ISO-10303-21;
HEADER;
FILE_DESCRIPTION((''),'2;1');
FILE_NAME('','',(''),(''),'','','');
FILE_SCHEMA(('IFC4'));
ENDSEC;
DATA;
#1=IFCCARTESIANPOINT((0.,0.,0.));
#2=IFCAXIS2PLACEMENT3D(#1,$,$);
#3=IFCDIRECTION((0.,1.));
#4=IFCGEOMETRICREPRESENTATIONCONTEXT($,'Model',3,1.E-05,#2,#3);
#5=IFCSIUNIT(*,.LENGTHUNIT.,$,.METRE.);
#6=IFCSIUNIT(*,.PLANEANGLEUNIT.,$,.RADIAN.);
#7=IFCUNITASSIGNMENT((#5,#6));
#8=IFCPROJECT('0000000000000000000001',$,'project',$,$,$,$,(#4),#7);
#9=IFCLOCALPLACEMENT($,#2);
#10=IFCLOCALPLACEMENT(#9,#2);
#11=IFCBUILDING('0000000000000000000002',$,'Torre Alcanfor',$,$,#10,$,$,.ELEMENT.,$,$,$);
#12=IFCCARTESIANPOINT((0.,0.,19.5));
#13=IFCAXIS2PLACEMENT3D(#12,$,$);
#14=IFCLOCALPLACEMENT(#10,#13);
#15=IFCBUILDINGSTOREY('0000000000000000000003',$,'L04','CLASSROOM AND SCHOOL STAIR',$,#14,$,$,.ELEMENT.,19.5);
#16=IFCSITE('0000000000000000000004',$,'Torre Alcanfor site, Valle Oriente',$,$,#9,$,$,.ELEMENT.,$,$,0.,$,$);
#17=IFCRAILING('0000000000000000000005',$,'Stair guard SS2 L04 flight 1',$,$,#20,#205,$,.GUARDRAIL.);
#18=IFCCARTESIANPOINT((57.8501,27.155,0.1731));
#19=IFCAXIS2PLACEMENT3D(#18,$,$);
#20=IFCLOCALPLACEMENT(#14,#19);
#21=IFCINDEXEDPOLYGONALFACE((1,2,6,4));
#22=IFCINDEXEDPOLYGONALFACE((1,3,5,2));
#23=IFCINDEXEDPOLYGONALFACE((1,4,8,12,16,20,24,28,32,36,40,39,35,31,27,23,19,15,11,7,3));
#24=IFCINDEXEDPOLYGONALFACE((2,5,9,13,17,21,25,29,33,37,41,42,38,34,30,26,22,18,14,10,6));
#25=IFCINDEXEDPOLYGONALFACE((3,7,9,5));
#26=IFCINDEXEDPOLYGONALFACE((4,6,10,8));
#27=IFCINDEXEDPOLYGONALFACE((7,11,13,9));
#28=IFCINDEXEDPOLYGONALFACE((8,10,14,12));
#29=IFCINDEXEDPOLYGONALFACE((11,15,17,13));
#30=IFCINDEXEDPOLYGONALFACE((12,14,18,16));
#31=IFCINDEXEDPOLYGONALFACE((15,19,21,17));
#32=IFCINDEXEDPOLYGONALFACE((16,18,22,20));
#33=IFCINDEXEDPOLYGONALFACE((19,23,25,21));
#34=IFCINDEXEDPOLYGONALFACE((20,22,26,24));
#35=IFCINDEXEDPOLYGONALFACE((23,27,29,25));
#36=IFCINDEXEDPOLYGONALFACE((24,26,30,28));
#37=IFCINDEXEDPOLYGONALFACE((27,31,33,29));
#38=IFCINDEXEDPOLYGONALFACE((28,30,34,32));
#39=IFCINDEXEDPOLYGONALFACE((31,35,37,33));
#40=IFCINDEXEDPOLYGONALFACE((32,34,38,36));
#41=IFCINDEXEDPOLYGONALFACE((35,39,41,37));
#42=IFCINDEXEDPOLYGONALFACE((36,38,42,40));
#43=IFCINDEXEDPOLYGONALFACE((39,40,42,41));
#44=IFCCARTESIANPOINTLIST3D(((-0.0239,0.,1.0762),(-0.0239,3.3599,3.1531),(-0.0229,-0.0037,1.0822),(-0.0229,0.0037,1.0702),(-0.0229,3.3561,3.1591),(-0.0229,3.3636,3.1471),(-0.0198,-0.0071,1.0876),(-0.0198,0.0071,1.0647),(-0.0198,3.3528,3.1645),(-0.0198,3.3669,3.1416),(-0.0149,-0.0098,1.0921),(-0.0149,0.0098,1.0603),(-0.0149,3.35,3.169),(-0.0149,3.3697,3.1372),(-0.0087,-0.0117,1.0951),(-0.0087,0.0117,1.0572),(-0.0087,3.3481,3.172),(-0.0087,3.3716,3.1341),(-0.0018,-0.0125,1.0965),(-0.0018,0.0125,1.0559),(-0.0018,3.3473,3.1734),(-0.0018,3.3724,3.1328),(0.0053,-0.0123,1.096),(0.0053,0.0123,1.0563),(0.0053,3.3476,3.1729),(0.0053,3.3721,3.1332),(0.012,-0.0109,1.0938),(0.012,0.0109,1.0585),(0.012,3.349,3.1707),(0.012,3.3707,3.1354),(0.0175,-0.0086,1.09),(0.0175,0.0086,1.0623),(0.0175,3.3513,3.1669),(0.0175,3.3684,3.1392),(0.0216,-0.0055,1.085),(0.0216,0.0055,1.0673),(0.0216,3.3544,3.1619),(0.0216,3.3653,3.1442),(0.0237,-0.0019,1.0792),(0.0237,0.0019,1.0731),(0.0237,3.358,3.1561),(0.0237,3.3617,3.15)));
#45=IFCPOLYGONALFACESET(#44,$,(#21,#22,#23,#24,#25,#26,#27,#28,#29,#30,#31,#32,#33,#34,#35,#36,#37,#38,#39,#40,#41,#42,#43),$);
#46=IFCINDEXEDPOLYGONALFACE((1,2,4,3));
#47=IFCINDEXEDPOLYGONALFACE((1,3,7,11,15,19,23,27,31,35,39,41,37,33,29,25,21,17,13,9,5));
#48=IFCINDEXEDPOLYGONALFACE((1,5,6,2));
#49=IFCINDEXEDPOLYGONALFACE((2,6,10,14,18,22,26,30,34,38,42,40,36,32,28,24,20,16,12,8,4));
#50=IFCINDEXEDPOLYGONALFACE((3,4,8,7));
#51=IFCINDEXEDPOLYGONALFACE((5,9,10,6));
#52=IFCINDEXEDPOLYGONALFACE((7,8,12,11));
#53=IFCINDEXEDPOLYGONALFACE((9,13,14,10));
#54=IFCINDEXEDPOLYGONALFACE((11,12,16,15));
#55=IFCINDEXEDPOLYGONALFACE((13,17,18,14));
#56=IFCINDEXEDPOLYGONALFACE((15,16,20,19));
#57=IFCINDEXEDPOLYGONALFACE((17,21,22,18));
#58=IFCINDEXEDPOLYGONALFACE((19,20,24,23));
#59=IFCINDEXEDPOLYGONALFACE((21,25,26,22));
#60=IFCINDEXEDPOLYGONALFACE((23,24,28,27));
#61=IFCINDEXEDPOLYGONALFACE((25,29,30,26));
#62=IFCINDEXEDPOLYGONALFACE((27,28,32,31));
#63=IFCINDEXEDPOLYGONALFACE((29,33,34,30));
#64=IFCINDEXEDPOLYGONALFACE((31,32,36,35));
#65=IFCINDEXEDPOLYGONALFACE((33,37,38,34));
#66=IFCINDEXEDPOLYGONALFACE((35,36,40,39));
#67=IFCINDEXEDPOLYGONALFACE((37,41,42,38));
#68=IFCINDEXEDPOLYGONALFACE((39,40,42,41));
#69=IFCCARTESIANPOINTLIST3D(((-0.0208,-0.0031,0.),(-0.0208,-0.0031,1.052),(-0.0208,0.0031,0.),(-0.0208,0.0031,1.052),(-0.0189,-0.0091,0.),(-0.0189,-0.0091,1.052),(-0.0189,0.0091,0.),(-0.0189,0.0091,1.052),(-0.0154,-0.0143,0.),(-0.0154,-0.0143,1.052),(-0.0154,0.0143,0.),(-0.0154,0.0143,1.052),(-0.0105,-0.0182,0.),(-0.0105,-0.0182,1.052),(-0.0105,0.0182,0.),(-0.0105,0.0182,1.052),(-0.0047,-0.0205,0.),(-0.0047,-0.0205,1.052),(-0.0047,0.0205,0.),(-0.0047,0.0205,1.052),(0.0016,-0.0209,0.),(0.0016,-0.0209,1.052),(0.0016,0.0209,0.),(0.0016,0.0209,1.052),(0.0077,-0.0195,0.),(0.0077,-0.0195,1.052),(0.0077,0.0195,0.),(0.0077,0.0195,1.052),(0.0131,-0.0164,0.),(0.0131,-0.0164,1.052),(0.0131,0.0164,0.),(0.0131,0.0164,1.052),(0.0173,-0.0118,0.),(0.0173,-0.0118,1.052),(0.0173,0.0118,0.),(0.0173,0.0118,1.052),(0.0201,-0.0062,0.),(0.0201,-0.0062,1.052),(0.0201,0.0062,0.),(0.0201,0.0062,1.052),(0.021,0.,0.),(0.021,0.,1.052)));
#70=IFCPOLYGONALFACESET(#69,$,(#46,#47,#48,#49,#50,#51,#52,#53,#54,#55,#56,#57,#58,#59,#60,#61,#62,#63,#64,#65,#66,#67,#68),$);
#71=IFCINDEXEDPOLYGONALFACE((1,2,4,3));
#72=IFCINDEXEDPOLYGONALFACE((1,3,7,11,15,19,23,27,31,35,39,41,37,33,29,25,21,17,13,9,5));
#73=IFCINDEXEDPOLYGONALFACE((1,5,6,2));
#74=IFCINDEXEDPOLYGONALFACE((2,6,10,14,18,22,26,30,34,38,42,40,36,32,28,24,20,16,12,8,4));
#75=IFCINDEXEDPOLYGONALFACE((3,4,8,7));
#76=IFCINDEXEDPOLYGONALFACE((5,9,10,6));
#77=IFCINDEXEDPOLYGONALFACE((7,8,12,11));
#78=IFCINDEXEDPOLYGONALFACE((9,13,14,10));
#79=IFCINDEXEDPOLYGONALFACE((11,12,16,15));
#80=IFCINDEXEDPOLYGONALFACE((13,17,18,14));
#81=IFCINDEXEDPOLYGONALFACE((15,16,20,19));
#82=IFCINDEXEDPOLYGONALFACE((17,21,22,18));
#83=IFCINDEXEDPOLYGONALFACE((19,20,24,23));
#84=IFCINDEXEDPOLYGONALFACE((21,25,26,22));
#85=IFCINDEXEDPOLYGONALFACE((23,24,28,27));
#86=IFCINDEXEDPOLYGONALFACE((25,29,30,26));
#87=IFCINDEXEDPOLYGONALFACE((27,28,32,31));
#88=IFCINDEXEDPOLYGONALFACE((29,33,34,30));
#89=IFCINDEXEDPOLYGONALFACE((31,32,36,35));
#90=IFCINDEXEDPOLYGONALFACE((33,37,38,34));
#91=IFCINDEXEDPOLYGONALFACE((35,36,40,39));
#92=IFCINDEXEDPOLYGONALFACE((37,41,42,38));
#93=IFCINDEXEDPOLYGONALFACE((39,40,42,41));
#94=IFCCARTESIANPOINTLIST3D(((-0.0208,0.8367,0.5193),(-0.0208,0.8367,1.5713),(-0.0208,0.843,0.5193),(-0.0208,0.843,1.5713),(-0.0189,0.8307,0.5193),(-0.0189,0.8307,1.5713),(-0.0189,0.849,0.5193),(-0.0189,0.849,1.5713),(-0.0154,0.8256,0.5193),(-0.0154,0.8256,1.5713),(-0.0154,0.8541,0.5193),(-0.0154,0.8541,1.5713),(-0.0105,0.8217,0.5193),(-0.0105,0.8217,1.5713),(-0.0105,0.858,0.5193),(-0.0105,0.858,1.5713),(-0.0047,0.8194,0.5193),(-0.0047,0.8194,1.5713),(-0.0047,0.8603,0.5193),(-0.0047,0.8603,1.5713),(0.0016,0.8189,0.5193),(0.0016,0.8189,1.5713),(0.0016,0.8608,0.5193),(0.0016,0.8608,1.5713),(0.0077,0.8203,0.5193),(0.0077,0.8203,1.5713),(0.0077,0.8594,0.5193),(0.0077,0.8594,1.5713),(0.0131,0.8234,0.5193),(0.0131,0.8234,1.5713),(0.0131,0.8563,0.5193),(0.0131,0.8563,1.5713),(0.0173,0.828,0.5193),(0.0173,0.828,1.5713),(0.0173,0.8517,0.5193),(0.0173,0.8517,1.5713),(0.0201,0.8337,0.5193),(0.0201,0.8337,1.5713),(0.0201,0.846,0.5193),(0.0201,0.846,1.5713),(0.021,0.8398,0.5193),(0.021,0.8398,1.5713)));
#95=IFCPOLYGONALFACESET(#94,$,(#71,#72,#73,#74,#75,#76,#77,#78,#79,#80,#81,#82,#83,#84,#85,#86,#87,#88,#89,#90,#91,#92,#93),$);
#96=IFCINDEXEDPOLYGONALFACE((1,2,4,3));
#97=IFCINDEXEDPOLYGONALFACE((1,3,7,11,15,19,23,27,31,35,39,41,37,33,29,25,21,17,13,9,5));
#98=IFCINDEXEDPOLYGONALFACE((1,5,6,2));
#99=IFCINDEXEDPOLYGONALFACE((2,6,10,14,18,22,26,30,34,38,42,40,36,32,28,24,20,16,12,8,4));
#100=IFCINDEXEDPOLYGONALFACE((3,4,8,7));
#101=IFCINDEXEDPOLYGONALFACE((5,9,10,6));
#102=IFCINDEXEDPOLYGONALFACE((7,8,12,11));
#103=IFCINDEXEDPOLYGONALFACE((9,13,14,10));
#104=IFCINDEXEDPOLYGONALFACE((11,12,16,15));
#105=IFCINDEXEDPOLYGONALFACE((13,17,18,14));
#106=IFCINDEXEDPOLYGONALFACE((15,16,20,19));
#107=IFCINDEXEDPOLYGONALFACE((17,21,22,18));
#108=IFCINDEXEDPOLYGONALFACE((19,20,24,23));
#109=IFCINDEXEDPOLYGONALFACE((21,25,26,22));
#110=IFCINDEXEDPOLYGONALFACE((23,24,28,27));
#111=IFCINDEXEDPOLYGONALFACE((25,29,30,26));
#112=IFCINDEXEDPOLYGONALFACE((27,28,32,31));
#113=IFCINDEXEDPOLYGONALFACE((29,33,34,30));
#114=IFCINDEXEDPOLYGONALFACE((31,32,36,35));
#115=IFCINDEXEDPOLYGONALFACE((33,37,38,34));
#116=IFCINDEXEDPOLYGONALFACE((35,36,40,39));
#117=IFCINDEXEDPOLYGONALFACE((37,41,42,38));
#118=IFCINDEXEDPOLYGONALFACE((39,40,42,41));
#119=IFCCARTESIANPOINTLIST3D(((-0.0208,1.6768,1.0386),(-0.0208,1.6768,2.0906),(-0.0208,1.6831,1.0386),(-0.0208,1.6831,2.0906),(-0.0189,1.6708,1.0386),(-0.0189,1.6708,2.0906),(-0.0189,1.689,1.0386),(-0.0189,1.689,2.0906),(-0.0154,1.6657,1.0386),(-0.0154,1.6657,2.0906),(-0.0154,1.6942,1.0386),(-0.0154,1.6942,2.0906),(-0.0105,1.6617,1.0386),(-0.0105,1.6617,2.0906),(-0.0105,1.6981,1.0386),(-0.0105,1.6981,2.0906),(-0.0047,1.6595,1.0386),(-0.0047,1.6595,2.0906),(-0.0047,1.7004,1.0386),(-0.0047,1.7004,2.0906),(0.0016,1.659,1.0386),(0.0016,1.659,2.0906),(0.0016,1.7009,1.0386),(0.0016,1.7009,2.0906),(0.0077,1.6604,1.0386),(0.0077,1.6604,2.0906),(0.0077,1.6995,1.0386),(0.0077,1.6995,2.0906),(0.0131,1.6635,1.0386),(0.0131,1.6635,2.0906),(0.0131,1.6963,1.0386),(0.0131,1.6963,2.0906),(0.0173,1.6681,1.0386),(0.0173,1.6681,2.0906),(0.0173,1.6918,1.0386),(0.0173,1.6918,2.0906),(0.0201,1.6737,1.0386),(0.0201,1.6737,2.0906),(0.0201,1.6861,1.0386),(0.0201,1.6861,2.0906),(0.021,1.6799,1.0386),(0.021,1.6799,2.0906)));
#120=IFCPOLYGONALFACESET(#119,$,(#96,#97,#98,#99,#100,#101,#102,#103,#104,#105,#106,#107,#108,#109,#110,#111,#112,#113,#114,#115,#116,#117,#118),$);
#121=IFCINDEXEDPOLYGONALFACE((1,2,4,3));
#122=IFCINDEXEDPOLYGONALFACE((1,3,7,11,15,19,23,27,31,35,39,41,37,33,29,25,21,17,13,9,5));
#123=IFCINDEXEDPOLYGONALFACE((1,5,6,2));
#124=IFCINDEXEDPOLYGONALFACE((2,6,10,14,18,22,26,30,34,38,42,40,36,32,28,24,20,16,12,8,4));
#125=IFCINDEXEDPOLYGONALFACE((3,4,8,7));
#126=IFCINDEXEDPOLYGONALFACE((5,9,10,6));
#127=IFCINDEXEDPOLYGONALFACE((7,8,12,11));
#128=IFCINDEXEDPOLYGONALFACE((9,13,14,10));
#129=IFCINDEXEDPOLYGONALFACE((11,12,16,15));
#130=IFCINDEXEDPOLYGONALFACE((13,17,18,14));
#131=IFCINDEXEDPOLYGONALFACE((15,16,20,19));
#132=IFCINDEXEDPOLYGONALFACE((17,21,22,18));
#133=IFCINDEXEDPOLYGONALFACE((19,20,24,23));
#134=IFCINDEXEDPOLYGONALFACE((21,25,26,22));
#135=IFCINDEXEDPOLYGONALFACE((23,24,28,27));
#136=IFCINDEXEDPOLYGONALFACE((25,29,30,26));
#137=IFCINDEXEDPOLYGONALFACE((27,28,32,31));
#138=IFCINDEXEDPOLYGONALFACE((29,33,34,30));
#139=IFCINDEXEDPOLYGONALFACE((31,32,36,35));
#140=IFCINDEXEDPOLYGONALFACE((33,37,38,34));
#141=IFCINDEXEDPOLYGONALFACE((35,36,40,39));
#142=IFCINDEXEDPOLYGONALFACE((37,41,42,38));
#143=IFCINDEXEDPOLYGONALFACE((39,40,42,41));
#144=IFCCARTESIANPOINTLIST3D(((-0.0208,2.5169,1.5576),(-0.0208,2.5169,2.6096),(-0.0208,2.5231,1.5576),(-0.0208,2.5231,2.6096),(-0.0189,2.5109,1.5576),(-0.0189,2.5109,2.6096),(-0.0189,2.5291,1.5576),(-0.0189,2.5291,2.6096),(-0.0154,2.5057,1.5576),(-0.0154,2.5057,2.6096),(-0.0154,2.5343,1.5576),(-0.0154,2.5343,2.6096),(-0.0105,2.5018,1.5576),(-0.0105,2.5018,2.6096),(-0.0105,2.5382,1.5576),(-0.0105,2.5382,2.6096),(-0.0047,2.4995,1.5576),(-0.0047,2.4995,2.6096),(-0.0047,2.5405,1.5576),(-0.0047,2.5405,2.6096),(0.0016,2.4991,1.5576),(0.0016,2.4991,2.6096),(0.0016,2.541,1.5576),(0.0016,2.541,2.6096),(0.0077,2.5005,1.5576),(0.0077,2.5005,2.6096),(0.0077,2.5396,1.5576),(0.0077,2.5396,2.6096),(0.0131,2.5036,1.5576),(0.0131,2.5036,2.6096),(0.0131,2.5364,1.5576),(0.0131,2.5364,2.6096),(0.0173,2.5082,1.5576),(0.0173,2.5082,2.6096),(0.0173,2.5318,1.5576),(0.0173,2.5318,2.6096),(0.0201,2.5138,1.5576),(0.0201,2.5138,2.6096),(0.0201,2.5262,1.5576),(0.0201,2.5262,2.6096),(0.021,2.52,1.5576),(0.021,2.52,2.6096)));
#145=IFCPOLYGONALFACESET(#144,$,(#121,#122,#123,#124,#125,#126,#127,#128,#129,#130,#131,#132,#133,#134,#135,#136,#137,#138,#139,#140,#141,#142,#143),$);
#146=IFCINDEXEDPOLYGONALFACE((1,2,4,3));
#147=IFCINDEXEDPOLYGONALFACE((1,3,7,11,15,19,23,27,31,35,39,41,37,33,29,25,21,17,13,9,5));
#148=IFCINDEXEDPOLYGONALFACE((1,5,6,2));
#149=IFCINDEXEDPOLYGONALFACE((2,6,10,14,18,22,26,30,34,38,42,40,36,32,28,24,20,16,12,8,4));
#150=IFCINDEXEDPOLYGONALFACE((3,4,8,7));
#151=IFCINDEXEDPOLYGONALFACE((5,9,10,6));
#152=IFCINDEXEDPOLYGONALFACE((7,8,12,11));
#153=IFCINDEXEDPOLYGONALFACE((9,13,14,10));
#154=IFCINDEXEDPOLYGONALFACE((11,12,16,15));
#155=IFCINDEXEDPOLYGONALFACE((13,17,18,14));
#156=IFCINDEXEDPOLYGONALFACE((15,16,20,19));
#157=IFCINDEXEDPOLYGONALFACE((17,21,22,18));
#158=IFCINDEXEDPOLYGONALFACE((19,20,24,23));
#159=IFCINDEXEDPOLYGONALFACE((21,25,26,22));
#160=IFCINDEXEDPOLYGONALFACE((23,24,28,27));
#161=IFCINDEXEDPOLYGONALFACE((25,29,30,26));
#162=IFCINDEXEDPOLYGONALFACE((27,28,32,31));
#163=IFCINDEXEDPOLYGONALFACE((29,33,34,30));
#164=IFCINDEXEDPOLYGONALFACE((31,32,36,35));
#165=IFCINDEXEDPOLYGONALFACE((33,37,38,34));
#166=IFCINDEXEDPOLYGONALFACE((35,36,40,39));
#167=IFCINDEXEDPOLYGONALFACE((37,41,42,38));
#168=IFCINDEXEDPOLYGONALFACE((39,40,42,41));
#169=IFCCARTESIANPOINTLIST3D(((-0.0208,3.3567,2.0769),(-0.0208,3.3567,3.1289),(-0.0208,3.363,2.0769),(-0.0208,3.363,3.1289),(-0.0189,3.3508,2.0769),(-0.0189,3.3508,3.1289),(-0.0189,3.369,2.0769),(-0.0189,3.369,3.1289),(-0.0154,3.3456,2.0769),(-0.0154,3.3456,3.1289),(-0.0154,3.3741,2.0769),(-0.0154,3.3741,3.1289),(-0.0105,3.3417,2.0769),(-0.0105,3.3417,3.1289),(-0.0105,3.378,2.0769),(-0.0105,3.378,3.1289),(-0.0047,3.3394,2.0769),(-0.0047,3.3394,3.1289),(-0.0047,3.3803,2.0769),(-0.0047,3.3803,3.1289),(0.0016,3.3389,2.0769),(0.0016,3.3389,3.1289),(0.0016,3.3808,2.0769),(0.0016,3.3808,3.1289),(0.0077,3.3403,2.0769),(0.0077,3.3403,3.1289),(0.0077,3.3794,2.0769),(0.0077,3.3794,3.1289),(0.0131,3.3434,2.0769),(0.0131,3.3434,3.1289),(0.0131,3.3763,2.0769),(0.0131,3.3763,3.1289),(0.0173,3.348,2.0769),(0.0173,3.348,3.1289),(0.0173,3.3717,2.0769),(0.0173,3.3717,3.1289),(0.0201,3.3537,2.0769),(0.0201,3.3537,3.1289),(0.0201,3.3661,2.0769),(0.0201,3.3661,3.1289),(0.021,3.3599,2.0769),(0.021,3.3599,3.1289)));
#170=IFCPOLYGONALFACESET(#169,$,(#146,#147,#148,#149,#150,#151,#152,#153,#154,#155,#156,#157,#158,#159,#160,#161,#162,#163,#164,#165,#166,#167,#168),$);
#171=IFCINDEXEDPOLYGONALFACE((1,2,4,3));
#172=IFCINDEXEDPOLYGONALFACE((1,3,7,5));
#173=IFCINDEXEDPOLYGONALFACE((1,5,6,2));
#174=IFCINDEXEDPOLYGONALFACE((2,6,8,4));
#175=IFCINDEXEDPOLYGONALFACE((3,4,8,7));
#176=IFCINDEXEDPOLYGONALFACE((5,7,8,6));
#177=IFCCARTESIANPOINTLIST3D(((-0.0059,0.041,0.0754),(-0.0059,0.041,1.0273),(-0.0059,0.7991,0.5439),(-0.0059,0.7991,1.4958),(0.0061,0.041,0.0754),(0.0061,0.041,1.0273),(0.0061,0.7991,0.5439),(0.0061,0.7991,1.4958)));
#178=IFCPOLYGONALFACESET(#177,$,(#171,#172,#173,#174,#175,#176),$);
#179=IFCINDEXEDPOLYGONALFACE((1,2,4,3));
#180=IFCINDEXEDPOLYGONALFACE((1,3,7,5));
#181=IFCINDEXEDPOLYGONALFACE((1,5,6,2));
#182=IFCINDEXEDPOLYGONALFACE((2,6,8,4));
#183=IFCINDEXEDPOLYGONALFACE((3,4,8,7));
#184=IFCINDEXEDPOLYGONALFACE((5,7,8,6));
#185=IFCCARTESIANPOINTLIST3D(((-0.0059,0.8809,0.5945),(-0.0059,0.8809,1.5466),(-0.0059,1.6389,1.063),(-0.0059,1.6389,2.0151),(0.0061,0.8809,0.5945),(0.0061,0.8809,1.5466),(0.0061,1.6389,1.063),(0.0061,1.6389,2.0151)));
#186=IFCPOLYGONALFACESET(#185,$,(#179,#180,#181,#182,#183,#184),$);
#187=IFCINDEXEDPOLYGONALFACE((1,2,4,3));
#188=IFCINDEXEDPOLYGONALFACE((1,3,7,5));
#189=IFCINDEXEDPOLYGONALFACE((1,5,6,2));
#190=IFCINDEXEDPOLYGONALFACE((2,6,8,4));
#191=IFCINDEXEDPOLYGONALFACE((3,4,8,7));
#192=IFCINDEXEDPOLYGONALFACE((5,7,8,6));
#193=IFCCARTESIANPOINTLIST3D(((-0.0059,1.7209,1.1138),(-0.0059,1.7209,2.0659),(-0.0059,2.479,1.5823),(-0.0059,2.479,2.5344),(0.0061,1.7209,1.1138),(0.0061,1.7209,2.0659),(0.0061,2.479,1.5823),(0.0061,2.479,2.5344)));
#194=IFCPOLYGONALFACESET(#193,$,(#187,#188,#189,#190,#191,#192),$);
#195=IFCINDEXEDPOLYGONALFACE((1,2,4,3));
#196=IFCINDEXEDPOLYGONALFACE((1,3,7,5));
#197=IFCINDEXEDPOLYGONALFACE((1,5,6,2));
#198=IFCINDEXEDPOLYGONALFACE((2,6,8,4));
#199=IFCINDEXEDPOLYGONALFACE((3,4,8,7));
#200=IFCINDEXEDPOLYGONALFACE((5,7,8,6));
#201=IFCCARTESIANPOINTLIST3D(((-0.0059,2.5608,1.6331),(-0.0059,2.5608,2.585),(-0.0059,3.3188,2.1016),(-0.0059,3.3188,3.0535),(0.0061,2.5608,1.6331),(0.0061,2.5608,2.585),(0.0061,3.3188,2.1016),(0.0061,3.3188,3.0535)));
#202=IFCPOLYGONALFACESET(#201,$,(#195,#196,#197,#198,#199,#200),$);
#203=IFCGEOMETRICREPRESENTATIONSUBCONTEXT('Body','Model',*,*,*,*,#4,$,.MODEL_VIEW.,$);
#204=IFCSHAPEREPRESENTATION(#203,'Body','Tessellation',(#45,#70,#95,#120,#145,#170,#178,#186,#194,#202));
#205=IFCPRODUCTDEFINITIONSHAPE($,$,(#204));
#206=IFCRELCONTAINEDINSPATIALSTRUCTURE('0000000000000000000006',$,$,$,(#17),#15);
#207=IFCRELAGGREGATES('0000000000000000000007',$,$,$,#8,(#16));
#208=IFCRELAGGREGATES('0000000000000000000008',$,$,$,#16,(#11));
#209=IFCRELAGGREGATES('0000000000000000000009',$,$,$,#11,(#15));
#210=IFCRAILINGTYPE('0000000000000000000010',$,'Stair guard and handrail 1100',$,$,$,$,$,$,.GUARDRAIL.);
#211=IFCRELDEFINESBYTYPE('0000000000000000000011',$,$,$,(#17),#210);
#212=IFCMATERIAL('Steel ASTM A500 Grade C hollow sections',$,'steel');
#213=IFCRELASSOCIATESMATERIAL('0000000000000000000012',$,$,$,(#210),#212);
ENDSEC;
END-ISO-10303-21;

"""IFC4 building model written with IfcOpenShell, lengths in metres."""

from ifc_helpers import new_model, si_unit, direction, frame, origin, origin_2d, place, context, subcontext, project, spatial, polyline, circle, outline, extrude, material, type_object, element, save


model = new_model("IFC4")

# Units and contexts
model_context = context("Model", 3, precision=1e-05, world=origin(), true_north=direction((0.0, 1.0)))
body_context = subcontext(model_context, "Body", "Model", "MODEL_VIEW")
ifc_project = project(units=[si_unit("LENGTHUNIT", "METRE"), si_unit("PLANEANGLEUNIT", "RADIAN")], contexts=[model_context])

# Site, building, storey
site_placement = place(None, origin())
site = spatial("IfcSite", under=ifc_project, at=site_placement, Name="Torre Alcanfor site, Valle Oriente", CompositionType="ELEMENT", RefElevation=0.0)
building_placement = place(site_placement, origin())
building = spatial("IfcBuilding", under=site, at=building_placement, Name="Torre Alcanfor", CompositionType="ELEMENT")
storey_placement = place(building_placement, frame((0.0, 0.0, 19.5)))
storey = spatial("IfcBuildingStorey", under=building, at=storey_placement, Name="L04", Description="CLASSROOM AND SCHOOL STAIR", CompositionType="ELEMENT", Elevation=19.5)

# Railing
ifc_material_1 = material(Name="Steel ASTM A500 Grade C hollow sections", Category="steel")
railing_type_1 = type_object("IfcRailingType", Name="Stair guard and handrail 1100", PredefinedType="GUARDRAIL", material=ifc_material_1)
railing_1_placement = place(storey_placement, frame((57.8501, 27.155, 0.1731)))
element("IfcRailing", 1, at=railing_1_placement, inside=storey, type_object=railing_type_1, Name="Stair guard SS2 L04 flight 1", PredefinedType="GUARDRAIL", context=body_context, shape_type="SweptSolid", body=[
    extrude(circle(Radius=0.0239, at=origin_2d()), frame((0.0, 0.0, 1.0762), z_axis=(0.0, 0.850606, 0.525803), x_axis=(-1.0, 0.0, 0.0)), (0.0, 0.0, 1.0), 3.95),
    extrude(circle(Radius=0.021, at=origin_2d()), origin(), (0.0, 0.0, 1.0), 1.052),
    extrude(circle(Radius=0.021, at=origin_2d()), frame((0.0, 0.8398, 0.5193)), (0.0, 0.0, 1.0), 1.052),
    extrude(circle(Radius=0.021, at=origin_2d()), frame((0.0, 1.6799, 1.0386)), (0.0, 0.0, 1.0), 1.052),
    extrude(circle(Radius=0.021, at=origin_2d()), frame((0.0, 2.52, 1.5576)), (0.0, 0.0, 1.0), 1.052),
    extrude(circle(Radius=0.021, at=origin_2d()), frame((0.0, 3.3599, 2.0769)), (0.0, 0.0, 1.0), 1.052),
    extrude(outline(polyline([(0.041, 0.0754), (0.7991, 0.5439), (0.7991, 1.4958), (0.041, 1.0273), (0.041, 0.0754)])), frame((-0.0059, 0.0, 0.0), z_axis=(1.0, 0.0, 0.0), x_axis=(0.0, 1.0, 0.0)), (0.0, 0.0, 1.0), 0.012),
    extrude(outline(polyline([(0.8809, 0.5945), (1.6389, 1.063), (1.6389, 2.0151), (0.8809, 1.5466), (0.8809, 0.5945)])), frame((-0.0059, 0.0, 0.0), z_axis=(1.0, 0.0, 0.0), x_axis=(0.0, 1.0, 0.0)), (0.0, 0.0, 1.0), 0.012),
    extrude(outline(polyline([(1.7209, 1.1138), (2.479, 1.5823), (2.479, 2.5344), (1.7209, 2.0659), (1.7209, 1.1138)])), frame((-0.0059, 0.0, 0.0), z_axis=(1.0, 0.0, 0.0), x_axis=(0.0, 1.0, 0.0)), (0.0, 0.0, 1.0), 0.012),
    extrude(outline(polyline([(2.5608, 1.6331), (3.3188, 2.1016), (3.3188, 3.0535), (2.5608, 2.585), (2.5608, 1.6331)])), frame((-0.0059, 0.0, 0.0), z_axis=(1.0, 0.0, 0.0), x_axis=(0.0, 1.0, 0.0)), (0.0, 0.0, 1.0), 0.012),
])

save(model, "model.ifc")
